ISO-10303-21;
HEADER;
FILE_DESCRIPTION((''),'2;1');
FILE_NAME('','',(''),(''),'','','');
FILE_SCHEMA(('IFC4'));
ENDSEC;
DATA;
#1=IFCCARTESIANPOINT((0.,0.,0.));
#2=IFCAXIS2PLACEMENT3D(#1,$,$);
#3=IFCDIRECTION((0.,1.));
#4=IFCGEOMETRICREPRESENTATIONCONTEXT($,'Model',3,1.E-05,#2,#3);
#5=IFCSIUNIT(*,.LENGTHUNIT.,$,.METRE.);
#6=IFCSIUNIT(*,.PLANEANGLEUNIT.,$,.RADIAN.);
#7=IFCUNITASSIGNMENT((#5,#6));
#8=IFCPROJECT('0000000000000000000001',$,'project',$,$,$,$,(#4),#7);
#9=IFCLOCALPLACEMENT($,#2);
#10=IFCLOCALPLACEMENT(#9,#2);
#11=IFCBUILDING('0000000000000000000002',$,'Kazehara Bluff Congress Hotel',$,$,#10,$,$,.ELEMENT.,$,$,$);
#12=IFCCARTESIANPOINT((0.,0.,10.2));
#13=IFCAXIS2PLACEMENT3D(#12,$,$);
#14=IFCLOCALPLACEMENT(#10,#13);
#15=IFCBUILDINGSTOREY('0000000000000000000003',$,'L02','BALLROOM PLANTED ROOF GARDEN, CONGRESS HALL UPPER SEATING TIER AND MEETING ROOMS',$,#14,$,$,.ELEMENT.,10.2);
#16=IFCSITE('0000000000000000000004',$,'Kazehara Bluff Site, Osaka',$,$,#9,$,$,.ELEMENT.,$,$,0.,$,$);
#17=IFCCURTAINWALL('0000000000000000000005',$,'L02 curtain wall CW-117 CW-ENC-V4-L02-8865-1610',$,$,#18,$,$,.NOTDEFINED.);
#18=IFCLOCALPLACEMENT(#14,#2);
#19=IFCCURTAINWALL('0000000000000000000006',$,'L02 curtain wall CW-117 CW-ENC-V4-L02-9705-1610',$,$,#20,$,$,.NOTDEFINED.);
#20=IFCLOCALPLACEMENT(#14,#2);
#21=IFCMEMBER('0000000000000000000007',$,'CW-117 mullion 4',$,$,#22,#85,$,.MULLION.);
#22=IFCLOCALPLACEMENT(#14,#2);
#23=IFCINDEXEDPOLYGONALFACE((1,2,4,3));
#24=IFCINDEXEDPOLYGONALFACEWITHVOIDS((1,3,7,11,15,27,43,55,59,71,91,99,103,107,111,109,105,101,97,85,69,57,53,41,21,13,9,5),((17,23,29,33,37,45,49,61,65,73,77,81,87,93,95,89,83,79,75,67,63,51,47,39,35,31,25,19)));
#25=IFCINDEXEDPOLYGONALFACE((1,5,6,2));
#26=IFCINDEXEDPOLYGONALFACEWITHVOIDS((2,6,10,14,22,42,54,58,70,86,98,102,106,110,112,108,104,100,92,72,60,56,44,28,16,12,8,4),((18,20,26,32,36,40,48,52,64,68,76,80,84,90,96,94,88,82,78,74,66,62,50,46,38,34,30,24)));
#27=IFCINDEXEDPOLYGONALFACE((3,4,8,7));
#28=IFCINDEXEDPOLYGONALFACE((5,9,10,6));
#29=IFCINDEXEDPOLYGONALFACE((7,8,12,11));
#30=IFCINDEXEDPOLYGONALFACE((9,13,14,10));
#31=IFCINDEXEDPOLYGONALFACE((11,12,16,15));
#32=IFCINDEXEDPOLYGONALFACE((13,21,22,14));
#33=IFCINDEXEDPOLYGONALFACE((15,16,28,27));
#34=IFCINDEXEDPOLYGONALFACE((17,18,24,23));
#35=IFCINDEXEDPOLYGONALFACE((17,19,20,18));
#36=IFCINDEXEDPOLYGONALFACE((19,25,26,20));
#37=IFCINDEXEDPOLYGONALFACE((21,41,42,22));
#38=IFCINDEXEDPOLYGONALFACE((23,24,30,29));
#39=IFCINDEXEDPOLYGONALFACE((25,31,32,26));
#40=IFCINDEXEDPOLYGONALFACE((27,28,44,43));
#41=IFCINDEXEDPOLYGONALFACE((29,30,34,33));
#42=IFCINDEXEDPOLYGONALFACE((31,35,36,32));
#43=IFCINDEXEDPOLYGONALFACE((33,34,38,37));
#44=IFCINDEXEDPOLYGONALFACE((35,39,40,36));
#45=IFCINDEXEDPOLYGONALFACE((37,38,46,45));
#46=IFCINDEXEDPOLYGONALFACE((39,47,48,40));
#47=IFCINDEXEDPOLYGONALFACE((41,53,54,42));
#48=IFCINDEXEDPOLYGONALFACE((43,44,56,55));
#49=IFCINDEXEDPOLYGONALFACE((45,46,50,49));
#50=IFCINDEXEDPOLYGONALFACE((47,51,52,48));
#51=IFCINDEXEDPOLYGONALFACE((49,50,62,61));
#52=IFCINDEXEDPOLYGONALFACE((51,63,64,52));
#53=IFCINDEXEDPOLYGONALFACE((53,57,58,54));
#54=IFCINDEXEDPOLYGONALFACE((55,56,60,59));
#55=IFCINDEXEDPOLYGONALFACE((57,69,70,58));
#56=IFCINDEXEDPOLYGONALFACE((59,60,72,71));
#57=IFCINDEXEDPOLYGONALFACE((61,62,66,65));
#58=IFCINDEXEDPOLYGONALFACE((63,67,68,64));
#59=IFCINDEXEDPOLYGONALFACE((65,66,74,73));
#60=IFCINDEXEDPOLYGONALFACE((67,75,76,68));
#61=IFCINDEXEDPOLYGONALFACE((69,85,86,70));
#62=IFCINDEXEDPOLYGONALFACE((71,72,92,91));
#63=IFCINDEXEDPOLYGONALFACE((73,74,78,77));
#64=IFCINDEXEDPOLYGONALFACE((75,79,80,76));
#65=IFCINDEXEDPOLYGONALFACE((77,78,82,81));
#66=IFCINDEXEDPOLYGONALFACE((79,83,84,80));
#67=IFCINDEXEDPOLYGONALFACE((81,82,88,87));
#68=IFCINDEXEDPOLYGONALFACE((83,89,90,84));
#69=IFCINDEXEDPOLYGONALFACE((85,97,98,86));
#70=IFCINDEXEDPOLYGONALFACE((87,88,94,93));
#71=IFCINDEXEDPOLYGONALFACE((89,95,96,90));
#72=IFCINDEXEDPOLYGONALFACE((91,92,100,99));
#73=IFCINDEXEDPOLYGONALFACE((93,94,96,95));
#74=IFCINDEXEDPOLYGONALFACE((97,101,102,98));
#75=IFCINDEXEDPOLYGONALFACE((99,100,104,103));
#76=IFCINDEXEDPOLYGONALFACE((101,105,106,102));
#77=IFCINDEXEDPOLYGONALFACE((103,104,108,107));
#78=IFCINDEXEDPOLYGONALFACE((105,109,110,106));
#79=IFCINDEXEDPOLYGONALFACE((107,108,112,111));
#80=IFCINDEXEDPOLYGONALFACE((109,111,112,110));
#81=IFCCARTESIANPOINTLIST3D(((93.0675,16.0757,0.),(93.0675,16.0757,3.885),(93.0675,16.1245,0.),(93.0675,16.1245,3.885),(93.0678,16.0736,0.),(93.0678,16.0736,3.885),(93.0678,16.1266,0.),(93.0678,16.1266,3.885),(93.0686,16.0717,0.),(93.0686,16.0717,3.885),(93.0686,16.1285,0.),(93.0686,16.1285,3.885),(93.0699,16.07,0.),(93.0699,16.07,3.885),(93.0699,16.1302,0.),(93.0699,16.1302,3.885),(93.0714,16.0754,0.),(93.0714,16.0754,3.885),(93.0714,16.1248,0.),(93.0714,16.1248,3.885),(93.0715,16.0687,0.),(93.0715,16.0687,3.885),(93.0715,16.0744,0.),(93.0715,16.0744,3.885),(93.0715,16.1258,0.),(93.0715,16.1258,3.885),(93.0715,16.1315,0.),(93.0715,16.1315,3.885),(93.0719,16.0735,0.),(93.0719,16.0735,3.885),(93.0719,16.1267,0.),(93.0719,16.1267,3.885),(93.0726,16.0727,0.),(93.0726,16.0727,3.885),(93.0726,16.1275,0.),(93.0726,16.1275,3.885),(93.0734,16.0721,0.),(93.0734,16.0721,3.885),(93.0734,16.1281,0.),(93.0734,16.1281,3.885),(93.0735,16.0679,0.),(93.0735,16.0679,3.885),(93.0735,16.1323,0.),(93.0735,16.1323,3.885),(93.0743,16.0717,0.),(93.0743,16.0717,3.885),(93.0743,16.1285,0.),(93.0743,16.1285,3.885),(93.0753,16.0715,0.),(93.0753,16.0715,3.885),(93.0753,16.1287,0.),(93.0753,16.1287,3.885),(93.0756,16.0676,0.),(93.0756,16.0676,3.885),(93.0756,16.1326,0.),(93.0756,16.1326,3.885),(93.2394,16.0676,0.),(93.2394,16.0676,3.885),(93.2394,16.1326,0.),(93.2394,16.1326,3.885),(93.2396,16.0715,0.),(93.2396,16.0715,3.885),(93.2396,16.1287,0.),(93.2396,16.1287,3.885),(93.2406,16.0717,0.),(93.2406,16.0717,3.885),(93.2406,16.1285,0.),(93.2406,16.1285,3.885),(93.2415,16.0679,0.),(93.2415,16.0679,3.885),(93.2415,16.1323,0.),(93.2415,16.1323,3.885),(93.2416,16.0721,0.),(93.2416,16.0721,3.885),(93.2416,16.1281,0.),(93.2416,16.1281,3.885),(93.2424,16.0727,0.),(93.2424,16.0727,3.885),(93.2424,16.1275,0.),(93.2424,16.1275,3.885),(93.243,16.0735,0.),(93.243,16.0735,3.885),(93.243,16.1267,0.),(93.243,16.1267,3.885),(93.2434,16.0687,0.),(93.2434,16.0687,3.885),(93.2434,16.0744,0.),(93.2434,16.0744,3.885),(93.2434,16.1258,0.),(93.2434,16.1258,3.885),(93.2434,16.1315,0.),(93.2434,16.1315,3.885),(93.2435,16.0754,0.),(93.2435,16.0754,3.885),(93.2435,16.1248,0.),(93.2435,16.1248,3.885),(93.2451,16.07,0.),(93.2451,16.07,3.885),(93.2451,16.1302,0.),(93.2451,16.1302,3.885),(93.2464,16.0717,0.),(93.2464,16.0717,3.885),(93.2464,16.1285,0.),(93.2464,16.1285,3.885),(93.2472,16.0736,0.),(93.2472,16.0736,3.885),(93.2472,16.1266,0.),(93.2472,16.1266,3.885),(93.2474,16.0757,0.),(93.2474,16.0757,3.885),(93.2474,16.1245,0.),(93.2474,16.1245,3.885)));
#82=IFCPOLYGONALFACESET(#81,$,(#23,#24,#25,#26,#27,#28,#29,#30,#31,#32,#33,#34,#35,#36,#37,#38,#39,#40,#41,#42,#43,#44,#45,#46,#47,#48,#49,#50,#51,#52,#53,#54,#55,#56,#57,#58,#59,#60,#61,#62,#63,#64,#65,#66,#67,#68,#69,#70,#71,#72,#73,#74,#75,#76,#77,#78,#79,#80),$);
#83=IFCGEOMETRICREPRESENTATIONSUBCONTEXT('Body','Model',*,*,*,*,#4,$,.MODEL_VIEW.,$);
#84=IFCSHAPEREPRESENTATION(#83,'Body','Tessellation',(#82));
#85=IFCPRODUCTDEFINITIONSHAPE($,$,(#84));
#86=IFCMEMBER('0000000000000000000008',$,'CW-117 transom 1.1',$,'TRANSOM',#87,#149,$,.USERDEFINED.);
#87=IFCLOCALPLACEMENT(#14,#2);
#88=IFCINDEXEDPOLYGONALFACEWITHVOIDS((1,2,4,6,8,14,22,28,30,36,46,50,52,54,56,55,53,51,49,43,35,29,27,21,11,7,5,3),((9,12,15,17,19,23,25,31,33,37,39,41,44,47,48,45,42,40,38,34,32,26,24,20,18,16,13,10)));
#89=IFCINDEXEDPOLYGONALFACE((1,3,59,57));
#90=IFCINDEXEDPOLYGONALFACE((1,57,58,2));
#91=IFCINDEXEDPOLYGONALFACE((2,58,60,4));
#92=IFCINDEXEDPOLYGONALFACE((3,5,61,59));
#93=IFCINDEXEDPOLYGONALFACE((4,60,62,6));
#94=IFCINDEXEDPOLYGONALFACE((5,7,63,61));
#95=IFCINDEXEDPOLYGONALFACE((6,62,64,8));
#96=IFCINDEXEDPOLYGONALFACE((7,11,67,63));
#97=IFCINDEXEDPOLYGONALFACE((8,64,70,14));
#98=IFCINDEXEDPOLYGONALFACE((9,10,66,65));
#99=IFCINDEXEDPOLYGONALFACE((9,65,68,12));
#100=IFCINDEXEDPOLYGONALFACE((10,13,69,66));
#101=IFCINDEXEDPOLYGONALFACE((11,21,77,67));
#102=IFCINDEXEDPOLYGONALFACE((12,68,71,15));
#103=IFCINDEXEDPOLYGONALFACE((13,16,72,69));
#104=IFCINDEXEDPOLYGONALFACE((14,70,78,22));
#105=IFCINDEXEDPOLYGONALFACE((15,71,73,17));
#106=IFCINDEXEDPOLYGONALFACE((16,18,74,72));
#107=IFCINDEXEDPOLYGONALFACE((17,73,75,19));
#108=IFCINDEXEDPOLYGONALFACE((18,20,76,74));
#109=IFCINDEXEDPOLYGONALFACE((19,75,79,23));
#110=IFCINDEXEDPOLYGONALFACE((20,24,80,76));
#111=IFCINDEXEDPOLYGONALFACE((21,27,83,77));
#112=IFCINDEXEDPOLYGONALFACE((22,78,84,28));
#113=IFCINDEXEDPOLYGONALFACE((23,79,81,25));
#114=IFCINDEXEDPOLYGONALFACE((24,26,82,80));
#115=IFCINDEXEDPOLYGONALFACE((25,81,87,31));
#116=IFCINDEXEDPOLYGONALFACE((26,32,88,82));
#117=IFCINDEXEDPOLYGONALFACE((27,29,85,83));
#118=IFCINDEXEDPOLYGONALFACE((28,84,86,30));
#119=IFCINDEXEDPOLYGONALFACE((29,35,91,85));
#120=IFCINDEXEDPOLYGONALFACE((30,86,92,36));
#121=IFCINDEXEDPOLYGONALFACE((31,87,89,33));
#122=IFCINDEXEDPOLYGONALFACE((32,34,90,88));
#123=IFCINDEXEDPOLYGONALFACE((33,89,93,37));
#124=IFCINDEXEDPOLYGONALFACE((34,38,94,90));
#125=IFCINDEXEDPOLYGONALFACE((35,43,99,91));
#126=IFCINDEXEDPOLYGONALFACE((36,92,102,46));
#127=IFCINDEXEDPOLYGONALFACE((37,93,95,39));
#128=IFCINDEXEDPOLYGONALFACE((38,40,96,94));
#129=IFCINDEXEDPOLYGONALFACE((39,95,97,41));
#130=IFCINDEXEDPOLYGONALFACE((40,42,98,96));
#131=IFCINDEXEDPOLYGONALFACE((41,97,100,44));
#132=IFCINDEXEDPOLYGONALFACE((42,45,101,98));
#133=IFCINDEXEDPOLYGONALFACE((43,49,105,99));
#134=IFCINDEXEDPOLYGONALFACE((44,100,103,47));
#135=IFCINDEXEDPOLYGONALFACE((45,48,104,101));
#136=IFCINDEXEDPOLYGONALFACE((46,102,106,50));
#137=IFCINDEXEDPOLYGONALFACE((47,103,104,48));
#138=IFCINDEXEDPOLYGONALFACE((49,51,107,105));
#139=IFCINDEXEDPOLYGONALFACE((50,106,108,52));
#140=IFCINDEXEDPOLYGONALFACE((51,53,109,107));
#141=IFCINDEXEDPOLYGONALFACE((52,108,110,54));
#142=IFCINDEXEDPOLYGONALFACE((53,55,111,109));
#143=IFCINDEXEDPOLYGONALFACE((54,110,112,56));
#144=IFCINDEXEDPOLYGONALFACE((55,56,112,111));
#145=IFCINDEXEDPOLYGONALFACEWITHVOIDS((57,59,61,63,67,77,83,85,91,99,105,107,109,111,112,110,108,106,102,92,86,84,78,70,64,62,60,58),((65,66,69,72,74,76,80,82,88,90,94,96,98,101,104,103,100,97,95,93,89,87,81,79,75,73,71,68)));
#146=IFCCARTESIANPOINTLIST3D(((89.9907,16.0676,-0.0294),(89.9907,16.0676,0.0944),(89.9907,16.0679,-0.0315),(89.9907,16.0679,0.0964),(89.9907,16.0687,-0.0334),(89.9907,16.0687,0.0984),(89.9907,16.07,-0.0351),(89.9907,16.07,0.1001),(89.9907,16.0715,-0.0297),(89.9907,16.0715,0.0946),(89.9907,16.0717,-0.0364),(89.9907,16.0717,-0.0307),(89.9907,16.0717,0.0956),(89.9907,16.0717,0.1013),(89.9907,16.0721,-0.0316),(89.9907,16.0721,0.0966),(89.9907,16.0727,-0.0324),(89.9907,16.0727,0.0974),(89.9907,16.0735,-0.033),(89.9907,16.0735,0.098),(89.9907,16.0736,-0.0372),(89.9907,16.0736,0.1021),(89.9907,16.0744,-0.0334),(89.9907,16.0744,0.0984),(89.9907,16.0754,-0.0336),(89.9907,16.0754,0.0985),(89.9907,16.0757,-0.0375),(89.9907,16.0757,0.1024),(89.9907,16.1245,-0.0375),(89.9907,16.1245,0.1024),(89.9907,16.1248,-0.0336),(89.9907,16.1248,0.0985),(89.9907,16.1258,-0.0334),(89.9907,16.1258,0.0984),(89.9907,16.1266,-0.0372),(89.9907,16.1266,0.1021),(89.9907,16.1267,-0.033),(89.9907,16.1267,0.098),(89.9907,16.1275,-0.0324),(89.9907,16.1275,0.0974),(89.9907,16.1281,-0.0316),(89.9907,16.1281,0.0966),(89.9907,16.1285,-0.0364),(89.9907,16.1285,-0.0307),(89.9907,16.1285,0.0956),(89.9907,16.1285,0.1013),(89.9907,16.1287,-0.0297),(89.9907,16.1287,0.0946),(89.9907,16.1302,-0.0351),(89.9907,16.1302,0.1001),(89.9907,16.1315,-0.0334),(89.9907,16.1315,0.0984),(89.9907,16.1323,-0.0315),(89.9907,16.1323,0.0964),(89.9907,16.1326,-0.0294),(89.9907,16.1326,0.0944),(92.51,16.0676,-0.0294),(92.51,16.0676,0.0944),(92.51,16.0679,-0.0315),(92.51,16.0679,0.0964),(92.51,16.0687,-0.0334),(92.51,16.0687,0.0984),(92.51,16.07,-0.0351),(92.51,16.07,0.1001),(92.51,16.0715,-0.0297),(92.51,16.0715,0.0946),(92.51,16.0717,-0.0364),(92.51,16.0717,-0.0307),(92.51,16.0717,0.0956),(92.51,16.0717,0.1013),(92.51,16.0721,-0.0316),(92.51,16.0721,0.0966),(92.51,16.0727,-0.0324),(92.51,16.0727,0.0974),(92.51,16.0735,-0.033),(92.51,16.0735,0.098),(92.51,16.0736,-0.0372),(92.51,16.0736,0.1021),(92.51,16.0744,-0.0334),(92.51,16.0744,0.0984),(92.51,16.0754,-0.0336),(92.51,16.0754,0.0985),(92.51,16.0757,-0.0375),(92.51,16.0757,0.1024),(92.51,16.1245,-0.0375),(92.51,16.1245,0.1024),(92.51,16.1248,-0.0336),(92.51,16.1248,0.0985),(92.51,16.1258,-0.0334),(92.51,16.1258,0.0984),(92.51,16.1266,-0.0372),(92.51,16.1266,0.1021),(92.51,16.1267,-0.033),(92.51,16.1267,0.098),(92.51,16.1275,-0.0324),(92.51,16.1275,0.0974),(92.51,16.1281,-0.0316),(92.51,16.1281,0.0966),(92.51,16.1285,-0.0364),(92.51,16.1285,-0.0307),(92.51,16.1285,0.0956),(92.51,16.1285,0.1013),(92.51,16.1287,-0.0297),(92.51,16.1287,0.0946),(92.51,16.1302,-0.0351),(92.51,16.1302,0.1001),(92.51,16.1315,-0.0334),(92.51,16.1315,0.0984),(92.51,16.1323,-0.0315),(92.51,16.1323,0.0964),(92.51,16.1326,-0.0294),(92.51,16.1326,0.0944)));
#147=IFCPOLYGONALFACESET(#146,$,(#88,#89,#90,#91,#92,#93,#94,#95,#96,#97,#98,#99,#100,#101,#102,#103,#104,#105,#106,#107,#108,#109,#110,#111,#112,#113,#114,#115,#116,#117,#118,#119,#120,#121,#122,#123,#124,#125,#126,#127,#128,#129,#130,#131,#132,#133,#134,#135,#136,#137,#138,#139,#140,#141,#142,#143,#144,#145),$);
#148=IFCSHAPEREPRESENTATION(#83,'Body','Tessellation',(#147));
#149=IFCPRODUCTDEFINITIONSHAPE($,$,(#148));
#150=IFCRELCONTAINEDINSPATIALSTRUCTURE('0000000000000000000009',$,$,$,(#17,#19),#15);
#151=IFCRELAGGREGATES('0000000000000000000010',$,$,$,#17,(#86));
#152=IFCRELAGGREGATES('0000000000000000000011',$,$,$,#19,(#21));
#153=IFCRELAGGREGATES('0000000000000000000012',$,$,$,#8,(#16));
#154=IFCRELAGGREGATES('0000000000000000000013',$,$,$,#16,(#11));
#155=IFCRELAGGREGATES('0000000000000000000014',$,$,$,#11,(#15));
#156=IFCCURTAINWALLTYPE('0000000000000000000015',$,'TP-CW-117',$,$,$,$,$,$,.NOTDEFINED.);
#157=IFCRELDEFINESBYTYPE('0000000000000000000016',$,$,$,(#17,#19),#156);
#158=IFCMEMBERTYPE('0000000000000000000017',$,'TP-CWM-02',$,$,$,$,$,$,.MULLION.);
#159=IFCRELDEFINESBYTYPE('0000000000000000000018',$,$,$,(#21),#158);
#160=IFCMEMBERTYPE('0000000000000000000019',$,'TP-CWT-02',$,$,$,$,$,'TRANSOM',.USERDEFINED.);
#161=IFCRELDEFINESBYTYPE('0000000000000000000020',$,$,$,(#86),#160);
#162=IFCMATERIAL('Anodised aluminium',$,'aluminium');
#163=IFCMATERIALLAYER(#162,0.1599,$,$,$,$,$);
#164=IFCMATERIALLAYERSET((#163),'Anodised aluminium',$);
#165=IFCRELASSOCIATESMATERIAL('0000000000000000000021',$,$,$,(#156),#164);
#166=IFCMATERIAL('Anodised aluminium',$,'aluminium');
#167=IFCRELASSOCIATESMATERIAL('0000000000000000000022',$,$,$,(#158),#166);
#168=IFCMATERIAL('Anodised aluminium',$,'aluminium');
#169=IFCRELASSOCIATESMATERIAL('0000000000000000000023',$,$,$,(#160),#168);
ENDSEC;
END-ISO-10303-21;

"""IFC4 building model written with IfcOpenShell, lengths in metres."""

from ifc_helpers import new_model, si_unit, direction, frame, origin, origin_2d, place, context, subcontext, project, spatial, hollow_rectangle, extrude, material, layer, layer_set, material_profile, profile_set, type_object, element, aggregate, save


model = new_model("IFC4")

# Units and contexts
model_context = context("Model", 3, precision=1e-05, world=origin(), true_north=direction((0.0, 1.0)))
body_context = subcontext(model_context, "Body", "Model", "MODEL_VIEW")
ifc_project = project(units=[si_unit("LENGTHUNIT", "METRE"), si_unit("PLANEANGLEUNIT", "RADIAN")], contexts=[model_context])

# Site, building, storey
site_placement = place(None, origin())
site = spatial("IfcSite", under=ifc_project, at=site_placement, Name="Kazehara Bluff Site, Osaka", CompositionType="ELEMENT", RefElevation=0.0)
building_placement = place(site_placement, origin())
building = spatial("IfcBuilding", under=site, at=building_placement, Name="Kazehara Bluff Congress Hotel", CompositionType="ELEMENT")
storey_placement = place(building_placement, frame((0.0, 0.0, 10.2)))
storey = spatial("IfcBuildingStorey", under=building, at=storey_placement, Name="L02", Description="BALLROOM PLANTED ROOF GARDEN, CONGRESS HALL UPPER SEATING TIER AND MEETING ROOMS", CompositionType="ELEMENT", Elevation=10.2)

# Curtain wall
ifc_material_1 = material(Name="Anodised aluminium", Category="aluminium")
ifc_layer_1 = layer(ifc_material_1, 0.1599)
ifc_layer_set_1 = layer_set([ifc_layer_1], Name="Anodised aluminium")
curtain_wall_type = type_object("IfcCurtainWallType", Name="TP-CW-117", PredefinedType="NOTDEFINED", material=ifc_layer_set_1)
curtain_wall_1_placement = place(storey_placement, origin())
curtain_wall_1 = element("IfcCurtainWall", 1, at=curtain_wall_1_placement, inside=storey, type_object=curtain_wall_type, Name="L02 curtain wall CW-117 CW-ENC-V4-L02-8865-1610", PredefinedType="NOTDEFINED")
ifc_material_2 = material(Name="Anodised aluminium", Category="aluminium")
ifc_material_profile_1 = material_profile(ifc_material_2, hollow_rectangle(XDim=0.0649, YDim=0.1799, WallThickness=0.0039, InnerFilletRadius=0.0039, OuterFilletRadius=0.0081, at=origin_2d()))
ifc_profile_set_1 = profile_set([ifc_material_profile_1], Name="Anodised aluminium")
member_type_1 = type_object("IfcMemberType", Name="TP-CWM-02", PredefinedType="MULLION", material=ifc_profile_set_1)

# Curtain wall, member
curtain_wall_2_placement = place(storey_placement, origin())
curtain_wall_2 = element("IfcCurtainWall", 2, at=curtain_wall_2_placement, inside=storey, type_object=curtain_wall_type, Name="L02 curtain wall CW-117 CW-ENC-V4-L02-9705-1610", PredefinedType="NOTDEFINED")
member_1_placement = place(storey_placement, frame((93.1575, 16.1001, 0.0), z_axis=(0.0, 0.0, 1.0), x_axis=(0.0, -1.0, 0.0)))
member_1 = element("IfcMember", 3, at=member_1_placement, type_object=member_type_1, Name="CW-117 mullion 4", PredefinedType="MULLION", context=body_context, shape_type="SweptSolid", body=[
    extrude(hollow_rectangle(XDim=0.0649, YDim=0.1799, WallThickness=0.0039, InnerFilletRadius=0.0039, OuterFilletRadius=0.0081, at=origin_2d()), origin(), (0.0, 0.0, 1.0), 3.885),
])

# Member
ifc_material_3 = material(Name="Anodised aluminium", Category="aluminium")
ifc_material_profile_2 = material_profile(ifc_material_3, hollow_rectangle(XDim=0.0649, YDim=0.1399, WallThickness=0.0039, InnerFilletRadius=0.0039, OuterFilletRadius=0.0081, at=origin_2d()))
ifc_profile_set_2 = profile_set([ifc_material_profile_2], Name="Anodised aluminium")
member_type_2 = type_object("IfcMemberType", Name="TP-CWT-02", ElementType="TRANSOM", PredefinedType="USERDEFINED", material=ifc_profile_set_2)
member_2_placement = place(storey_placement, frame((92.51, 16.1001, 0.0325), z_axis=(-1.0, 0.0, 0.0), x_axis=(0.0, -1.0, 0.0)))
member_2 = element("IfcMember", 4, at=member_2_placement, type_object=member_type_2, Name="CW-117 transom 1.1", ObjectType="TRANSOM", PredefinedType="USERDEFINED", context=body_context, shape_type="SweptSolid", body=[
    extrude(hollow_rectangle(XDim=0.0649, YDim=0.1399, WallThickness=0.0039, InnerFilletRadius=0.0039, OuterFilletRadius=0.0081, at=origin_2d()), origin(), (0.0, 0.0, 1.0), 2.5193),
])

aggregate(curtain_wall_1, [member_2])
aggregate(curtain_wall_2, [member_1])

save(model, "model.ifc")
